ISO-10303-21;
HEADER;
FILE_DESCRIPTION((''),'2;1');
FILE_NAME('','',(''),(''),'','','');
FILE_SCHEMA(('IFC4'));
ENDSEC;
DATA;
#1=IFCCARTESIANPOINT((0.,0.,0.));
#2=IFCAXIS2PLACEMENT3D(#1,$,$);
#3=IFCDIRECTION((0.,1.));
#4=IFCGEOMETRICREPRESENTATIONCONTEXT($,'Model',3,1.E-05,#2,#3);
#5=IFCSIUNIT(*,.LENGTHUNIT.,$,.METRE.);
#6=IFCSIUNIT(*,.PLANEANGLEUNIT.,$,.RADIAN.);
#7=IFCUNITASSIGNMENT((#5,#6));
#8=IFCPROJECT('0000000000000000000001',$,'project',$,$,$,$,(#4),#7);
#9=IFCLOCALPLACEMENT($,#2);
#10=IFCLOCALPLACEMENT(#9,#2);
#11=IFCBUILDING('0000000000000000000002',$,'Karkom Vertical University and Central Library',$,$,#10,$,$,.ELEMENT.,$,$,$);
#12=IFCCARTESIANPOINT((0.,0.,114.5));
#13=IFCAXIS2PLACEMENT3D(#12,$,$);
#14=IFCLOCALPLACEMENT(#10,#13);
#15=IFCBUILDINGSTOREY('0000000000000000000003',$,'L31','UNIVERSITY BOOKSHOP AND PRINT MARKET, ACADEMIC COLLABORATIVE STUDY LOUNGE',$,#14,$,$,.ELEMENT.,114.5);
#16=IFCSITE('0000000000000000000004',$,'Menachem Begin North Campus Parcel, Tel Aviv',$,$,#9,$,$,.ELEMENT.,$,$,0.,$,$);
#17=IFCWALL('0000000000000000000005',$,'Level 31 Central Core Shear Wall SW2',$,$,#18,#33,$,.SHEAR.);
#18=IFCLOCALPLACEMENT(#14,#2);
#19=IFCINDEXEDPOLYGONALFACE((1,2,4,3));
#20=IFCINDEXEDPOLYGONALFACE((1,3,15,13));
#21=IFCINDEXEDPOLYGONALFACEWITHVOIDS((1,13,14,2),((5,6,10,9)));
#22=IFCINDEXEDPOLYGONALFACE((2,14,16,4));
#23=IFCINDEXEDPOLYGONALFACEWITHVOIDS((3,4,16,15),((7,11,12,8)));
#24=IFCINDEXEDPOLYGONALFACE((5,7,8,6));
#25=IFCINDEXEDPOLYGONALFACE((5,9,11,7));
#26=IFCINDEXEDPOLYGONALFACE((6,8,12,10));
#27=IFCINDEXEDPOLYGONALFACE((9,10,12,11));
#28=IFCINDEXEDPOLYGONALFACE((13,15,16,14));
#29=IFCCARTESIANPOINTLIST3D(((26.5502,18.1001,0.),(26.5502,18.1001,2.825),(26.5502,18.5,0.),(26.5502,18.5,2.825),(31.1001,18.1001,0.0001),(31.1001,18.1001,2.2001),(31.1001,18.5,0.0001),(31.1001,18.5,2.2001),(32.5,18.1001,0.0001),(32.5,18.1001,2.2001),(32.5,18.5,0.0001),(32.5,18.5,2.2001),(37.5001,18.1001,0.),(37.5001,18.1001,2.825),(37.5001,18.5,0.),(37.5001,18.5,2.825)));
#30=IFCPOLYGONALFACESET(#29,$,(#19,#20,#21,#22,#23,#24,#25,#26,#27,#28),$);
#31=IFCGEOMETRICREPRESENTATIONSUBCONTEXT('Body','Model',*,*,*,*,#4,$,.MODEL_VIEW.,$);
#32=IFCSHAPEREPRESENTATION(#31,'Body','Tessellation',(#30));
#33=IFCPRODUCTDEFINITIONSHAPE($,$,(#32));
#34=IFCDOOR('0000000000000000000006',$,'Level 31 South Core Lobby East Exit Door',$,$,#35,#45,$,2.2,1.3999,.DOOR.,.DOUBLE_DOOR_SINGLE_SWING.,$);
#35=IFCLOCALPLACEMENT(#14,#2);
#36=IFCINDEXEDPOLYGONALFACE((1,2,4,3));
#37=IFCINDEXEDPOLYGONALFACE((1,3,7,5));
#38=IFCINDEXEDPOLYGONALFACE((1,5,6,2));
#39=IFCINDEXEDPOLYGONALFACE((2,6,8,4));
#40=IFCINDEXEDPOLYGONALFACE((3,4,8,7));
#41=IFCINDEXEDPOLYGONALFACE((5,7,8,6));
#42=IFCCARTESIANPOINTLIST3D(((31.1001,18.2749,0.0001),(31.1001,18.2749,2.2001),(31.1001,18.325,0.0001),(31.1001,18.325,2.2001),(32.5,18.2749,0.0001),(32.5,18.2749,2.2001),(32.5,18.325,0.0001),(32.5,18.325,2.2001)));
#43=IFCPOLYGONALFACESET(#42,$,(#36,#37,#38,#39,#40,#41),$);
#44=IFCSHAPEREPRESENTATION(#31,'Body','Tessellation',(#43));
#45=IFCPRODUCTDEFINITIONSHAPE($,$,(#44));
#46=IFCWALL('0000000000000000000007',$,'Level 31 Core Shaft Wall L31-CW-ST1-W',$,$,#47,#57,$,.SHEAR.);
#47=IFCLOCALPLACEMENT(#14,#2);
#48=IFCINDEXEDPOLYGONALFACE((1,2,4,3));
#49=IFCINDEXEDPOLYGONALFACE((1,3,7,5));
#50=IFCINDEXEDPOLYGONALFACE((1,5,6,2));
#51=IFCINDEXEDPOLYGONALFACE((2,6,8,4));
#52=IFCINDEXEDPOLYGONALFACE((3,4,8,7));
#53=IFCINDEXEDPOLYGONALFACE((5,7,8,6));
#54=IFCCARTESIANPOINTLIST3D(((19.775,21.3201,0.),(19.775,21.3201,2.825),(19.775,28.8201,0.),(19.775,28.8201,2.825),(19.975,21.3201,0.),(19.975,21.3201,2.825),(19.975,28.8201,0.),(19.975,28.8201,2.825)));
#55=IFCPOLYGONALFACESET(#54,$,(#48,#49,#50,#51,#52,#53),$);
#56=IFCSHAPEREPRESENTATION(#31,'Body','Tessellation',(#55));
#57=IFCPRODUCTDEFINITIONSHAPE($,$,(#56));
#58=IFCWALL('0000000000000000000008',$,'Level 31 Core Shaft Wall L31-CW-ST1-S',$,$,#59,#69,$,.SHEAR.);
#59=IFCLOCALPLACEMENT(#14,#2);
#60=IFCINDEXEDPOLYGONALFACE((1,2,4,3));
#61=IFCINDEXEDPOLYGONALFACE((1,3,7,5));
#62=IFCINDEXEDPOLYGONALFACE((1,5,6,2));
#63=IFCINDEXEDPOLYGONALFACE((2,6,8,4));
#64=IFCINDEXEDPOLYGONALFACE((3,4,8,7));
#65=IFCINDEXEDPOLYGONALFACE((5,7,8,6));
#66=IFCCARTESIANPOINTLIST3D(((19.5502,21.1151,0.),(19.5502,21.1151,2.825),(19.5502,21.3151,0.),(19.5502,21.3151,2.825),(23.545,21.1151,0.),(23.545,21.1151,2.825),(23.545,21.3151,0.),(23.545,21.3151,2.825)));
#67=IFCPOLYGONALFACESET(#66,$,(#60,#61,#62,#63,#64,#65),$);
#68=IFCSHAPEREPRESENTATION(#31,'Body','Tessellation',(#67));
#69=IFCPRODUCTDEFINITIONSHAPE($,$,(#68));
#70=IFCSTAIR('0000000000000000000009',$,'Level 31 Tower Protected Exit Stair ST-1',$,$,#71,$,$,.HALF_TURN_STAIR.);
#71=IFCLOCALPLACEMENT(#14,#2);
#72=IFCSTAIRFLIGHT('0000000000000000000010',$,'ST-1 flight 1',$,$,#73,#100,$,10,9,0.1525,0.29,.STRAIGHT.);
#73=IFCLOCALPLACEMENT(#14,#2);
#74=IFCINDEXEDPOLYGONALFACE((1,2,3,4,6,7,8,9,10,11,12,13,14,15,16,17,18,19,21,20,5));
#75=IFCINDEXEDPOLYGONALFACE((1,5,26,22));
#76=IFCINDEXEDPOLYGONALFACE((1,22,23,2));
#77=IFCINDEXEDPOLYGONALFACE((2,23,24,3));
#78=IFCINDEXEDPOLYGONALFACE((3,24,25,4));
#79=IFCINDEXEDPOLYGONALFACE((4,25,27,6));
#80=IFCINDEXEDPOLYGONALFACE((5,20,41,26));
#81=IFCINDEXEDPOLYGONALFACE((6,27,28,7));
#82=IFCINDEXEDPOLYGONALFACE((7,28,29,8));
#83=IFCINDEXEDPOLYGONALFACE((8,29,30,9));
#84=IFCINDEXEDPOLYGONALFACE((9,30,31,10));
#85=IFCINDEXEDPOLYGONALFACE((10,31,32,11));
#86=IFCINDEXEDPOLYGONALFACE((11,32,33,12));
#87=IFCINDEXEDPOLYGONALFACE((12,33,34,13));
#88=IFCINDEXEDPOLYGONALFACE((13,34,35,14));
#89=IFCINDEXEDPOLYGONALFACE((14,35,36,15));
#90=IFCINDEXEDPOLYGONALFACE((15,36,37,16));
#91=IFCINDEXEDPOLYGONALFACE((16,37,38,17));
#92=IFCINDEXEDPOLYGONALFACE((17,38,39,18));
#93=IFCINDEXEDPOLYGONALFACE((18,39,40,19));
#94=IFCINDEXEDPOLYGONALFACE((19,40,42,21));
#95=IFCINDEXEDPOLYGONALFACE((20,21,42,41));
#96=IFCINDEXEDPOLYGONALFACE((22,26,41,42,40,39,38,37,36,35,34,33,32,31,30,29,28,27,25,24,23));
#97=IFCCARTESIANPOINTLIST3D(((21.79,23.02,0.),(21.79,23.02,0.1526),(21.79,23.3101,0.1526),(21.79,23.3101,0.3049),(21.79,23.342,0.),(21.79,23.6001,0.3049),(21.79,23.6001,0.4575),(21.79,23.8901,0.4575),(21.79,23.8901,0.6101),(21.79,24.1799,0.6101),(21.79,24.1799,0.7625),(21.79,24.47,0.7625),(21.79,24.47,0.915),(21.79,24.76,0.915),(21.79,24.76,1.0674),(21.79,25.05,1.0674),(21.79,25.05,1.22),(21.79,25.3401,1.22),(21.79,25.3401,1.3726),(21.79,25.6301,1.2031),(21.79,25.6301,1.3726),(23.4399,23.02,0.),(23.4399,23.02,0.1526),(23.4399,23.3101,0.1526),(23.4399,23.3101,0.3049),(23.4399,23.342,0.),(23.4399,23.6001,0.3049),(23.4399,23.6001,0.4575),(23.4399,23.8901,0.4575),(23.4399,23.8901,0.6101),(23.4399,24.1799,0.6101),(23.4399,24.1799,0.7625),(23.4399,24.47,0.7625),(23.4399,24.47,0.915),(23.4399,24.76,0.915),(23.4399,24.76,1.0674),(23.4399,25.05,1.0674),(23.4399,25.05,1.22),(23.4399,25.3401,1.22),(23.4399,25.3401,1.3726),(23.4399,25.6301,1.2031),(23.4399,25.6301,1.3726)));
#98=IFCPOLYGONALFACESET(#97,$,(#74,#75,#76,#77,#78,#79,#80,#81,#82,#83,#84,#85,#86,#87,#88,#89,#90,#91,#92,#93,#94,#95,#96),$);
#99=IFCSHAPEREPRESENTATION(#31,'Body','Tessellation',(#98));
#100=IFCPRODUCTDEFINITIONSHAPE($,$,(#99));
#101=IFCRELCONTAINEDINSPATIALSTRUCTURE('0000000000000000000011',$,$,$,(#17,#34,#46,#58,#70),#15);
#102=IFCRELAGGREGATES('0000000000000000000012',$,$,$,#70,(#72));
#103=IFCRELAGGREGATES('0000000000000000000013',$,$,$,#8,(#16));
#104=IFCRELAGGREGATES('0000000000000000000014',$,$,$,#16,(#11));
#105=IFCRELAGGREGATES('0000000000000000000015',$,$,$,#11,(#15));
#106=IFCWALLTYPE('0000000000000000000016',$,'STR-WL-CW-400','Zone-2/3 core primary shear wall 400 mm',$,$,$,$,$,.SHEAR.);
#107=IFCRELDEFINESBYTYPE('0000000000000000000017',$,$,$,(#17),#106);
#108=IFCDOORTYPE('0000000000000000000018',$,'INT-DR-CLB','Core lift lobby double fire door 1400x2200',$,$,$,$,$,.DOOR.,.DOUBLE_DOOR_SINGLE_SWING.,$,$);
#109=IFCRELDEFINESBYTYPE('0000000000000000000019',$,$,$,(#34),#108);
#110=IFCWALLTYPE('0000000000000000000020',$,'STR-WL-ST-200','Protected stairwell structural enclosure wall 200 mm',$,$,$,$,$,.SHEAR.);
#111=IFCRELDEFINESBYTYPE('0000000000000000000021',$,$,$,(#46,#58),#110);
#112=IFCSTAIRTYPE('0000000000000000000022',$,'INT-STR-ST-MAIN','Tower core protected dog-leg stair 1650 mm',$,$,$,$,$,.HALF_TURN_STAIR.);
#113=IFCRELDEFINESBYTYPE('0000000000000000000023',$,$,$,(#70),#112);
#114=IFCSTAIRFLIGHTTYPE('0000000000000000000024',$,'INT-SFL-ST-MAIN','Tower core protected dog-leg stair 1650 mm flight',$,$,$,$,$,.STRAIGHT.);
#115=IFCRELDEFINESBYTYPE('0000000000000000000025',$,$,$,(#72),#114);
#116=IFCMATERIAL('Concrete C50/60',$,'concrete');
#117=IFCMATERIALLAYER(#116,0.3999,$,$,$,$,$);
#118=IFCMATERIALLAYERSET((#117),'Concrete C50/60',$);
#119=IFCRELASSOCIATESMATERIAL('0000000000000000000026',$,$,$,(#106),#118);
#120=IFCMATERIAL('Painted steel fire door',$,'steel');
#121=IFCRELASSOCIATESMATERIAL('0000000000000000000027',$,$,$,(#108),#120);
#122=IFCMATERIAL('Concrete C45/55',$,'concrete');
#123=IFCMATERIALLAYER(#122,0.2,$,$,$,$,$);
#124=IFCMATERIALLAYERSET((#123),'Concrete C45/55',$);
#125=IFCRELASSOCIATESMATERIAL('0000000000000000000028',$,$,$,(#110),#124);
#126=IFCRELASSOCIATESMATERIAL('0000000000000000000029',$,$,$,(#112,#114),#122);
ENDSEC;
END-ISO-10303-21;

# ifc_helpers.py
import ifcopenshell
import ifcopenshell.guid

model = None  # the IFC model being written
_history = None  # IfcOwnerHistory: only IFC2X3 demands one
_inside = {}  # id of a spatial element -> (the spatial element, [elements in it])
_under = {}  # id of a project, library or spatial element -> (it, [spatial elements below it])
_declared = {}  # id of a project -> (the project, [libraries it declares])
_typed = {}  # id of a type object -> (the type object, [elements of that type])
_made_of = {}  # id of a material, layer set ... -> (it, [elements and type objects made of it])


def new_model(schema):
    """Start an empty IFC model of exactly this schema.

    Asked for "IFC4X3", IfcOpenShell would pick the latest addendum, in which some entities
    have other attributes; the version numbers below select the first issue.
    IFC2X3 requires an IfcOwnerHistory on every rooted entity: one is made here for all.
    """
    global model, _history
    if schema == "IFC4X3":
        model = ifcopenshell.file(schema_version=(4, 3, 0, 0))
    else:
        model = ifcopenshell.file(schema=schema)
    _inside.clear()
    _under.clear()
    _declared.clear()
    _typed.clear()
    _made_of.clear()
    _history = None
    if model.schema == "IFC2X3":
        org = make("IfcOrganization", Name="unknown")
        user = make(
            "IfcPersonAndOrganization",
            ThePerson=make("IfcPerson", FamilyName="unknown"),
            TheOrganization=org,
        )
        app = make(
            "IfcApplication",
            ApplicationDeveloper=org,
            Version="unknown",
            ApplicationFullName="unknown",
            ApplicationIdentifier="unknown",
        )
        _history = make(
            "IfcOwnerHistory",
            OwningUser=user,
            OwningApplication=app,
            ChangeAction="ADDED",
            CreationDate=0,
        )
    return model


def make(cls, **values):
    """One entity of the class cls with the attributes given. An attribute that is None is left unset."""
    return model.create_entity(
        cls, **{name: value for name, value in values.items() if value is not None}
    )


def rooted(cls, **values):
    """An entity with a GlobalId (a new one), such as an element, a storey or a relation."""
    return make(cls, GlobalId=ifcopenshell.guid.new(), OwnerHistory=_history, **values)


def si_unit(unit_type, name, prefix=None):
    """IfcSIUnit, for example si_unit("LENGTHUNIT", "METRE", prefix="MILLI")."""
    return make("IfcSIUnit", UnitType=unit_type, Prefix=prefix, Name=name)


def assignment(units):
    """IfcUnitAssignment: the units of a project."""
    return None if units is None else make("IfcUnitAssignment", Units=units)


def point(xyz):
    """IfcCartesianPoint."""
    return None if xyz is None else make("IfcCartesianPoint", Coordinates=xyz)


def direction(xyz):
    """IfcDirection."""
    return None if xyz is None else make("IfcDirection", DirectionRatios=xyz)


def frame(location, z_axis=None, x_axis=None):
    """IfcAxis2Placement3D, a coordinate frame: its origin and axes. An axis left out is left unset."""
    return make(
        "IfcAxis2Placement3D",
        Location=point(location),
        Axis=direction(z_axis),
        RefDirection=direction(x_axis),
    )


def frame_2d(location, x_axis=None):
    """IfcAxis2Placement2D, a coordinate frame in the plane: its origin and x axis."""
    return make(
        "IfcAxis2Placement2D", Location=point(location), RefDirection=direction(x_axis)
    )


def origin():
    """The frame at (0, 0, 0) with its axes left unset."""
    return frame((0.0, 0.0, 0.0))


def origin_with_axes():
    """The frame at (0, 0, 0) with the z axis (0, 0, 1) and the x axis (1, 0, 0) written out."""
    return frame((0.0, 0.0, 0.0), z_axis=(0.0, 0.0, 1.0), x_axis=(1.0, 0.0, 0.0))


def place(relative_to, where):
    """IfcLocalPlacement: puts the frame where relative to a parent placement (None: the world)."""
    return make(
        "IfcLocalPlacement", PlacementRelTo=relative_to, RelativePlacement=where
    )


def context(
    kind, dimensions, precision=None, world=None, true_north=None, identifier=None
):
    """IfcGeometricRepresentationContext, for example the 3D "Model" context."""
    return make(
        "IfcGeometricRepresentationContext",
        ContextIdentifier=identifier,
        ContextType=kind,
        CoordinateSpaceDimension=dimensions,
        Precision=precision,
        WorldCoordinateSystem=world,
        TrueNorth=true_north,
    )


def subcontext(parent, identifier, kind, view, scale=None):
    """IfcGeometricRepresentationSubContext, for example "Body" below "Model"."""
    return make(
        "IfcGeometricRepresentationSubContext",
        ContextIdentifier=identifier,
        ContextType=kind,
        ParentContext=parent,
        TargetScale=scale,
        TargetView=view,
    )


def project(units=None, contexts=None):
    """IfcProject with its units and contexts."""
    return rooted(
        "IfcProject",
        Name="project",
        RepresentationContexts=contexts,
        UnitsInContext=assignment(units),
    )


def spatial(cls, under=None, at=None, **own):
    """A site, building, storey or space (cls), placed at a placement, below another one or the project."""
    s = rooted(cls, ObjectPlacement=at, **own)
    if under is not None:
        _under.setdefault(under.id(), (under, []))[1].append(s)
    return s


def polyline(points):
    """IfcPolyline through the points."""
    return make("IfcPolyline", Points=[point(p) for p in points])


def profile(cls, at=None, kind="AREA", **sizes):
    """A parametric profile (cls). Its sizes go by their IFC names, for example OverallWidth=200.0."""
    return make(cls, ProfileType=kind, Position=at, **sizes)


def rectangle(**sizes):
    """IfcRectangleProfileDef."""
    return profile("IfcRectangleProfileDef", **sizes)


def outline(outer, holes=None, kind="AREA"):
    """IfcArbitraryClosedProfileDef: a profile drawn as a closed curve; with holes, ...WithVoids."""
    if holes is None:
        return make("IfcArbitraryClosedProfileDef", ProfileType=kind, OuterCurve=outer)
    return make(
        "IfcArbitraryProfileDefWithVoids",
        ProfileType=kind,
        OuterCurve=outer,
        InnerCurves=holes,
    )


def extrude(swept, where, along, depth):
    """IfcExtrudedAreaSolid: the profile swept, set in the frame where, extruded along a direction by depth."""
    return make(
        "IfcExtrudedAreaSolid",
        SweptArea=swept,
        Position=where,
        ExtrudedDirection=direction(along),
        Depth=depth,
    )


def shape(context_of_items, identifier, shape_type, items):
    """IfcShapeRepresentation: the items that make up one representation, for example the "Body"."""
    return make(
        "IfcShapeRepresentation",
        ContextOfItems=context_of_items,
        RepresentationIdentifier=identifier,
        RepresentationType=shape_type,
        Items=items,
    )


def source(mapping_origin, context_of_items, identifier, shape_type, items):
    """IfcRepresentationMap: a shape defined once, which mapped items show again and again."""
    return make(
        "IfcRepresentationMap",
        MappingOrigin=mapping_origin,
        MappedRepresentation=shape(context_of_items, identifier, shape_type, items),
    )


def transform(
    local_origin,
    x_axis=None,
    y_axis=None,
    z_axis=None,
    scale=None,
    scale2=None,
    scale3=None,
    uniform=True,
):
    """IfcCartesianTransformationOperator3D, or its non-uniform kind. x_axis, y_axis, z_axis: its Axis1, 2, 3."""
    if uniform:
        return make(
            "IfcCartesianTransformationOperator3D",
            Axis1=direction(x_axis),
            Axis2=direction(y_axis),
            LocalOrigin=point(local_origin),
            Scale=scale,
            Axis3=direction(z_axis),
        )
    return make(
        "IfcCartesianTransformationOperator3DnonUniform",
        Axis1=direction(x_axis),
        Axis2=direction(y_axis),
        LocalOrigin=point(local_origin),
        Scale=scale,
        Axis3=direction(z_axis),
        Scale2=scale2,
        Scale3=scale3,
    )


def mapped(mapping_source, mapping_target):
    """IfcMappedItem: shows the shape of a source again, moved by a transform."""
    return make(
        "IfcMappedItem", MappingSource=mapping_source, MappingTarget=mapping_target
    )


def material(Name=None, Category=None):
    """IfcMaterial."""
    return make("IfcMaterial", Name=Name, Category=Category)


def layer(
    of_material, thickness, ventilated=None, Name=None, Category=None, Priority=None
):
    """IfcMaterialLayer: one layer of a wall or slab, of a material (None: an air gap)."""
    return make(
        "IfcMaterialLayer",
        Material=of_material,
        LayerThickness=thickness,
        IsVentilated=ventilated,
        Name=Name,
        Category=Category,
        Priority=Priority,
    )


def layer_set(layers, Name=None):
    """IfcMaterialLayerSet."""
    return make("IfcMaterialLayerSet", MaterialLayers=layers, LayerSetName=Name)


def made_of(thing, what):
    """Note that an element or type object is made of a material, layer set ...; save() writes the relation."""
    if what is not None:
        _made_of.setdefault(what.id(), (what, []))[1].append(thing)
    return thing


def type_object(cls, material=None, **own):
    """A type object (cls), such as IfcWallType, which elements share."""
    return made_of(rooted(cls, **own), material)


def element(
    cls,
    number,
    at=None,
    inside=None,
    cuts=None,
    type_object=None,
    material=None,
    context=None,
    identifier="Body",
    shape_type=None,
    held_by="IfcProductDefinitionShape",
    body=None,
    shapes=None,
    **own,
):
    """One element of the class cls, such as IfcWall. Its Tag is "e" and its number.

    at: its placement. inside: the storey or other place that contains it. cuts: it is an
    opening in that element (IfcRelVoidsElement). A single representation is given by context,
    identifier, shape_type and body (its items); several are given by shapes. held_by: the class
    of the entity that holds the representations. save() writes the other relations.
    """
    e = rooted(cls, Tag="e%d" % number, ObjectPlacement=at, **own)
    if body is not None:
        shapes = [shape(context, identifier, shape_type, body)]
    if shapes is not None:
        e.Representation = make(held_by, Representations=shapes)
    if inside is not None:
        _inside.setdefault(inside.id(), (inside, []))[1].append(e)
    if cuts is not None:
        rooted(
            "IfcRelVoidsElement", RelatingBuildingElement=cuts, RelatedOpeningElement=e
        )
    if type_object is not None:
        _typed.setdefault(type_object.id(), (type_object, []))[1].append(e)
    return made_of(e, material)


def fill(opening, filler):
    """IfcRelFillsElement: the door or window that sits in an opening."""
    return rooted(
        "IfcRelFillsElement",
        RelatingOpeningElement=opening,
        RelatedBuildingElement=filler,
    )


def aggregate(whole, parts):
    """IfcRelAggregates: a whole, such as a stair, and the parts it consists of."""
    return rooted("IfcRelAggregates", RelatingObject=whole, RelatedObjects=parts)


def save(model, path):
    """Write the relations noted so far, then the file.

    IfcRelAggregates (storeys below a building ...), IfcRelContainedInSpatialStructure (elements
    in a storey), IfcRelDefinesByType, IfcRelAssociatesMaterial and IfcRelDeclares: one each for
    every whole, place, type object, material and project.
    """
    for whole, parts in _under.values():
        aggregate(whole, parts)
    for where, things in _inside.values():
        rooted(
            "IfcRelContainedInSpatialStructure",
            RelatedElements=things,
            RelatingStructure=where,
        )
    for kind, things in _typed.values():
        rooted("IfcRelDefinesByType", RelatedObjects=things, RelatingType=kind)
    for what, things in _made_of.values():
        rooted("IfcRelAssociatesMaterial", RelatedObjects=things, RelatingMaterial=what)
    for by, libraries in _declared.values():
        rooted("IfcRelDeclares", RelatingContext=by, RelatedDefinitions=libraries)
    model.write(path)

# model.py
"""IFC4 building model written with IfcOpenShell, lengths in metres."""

from ifc_helpers import new_model, si_unit, direction, frame, frame_2d, origin, origin_with_axes, place, context, subcontext, project, spatial, polyline, rectangle, outline, extrude, source, transform, mapped, material, layer, layer_set, type_object, element, fill, aggregate, save


model = new_model("IFC4")

# Units and contexts
model_context = context("Model", 3, precision=1e-05, world=origin(), true_north=direction((0.0, 1.0)))
body_context = subcontext(model_context, "Body", "Model", "MODEL_VIEW")
ifc_project = project(units=[si_unit("LENGTHUNIT", "METRE"), si_unit("PLANEANGLEUNIT", "RADIAN")], contexts=[model_context])

# Site, building, storey
site_placement = place(None, origin())
site = spatial("IfcSite", under=ifc_project, at=site_placement, Name="Menachem Begin North Campus Parcel, Tel Aviv", CompositionType="ELEMENT", RefElevation=0.0)
building_placement = place(site_placement, origin())
building = spatial("IfcBuilding", under=site, at=building_placement, Name="Karkom Vertical University and Central Library", CompositionType="ELEMENT")
storey_placement = place(building_placement, frame((0.0, 0.0, 114.5)))
storey = spatial("IfcBuildingStorey", under=building, at=storey_placement, Name="L31", Description="UNIVERSITY BOOKSHOP AND PRINT MARKET, ACADEMIC COLLABORATIVE STUDY LOUNGE", CompositionType="ELEMENT", Elevation=114.5)

# Shared definitions
ifc_material_1 = material(Name="Concrete C50/60", Category="concrete")

# Wall, opening, door
ifc_layer_1 = layer(ifc_material_1, 0.3999)
ifc_layer_set_1 = layer_set([ifc_layer_1], Name="Concrete C50/60")
wall_type_1 = type_object("IfcWallType", Name="STR-WL-CW-400", Description="Zone-2/3 core primary shear wall 400 mm", PredefinedType="SHEAR", material=ifc_layer_set_1)
wall_1_placement = place(storey_placement, frame((26.55, 18.3, 0.0), z_axis=(0.0, 0.0, 1.0), x_axis=(1.0, 0.0, 0.0)))
wall_1 = element("IfcWall", 1, at=wall_1_placement, inside=storey, type_object=wall_type_1, Name="Level 31 Central Core Shear Wall SW2", PredefinedType="SHEAR", context=body_context, shape_type="SweptSolid", body=[
    extrude(rectangle(XDim=10.95, YDim=0.3999, at=frame_2d((5.4751, 0.0))), origin(), (0.0, 0.0, 1.0), 2.825),
])
opening_1_placement = place(wall_1_placement, frame((4.55, 0.0, 0.0)))
opening_1 = element("IfcOpeningElement", 2, at=opening_1_placement, cuts=wall_1, PredefinedType="OPENING", context=body_context, shape_type="SweptSolid", body=[
    extrude(rectangle(XDim=1.3999, YDim=2.2, at=frame_2d((0.7, 1.1001))), frame((0.0, 0.21, 0.0), z_axis=(0.0, -1.0, 0.0), x_axis=(1.0, 0.0, 0.0)), (0.0, 0.0, 1.0), 0.4199),
])
ifc_material_2 = material(Name="Painted steel fire door", Category="steel")
door_type_1 = type_object("IfcDoorType", Name="INT-DR-CLB", Description="Core lift lobby double fire door 1400x2200", OperationType="DOUBLE_DOOR_SINGLE_SWING", PredefinedType="DOOR", material=ifc_material_2)
shared_shape_1 = source(origin_with_axes(), body_context, "Body", "SweptSolid", [
    extrude(rectangle(XDim=1.3999, YDim=2.2, at=frame_2d((0.7, 1.1001))), frame((0.0, 0.0249, 0.0), z_axis=(0.0, -1.0, 0.0), x_axis=(1.0, 0.0, 0.0)), (0.0, 0.0, 1.0), 0.05),
])
door_1_placement = place(opening_1_placement, origin())
door_1 = element("IfcDoor", 3, at=door_1_placement, inside=storey, type_object=door_type_1, Name="Level 31 South Core Lobby East Exit Door", OperationType="DOUBLE_DOOR_SINGLE_SWING", OverallHeight=2.2, OverallWidth=1.3999, PredefinedType="DOOR", context=body_context, shape_type="MappedRepresentation", body=[
    mapped(shared_shape_1, transform((0.0, 0.0, 0.0), scale=1.0)),
])
fill(opening_1, door_1)

# Shared definitions
ifc_material_3 = material(Name="Concrete C45/55", Category="concrete")
ifc_layer_2 = layer(ifc_material_3, 0.2)
ifc_layer_set_2 = layer_set([ifc_layer_2], Name="Concrete C45/55")
wall_type_2 = type_object("IfcWallType", Name="STR-WL-ST-200", Description="Protected stairwell structural enclosure wall 200 mm", PredefinedType="SHEAR", material=ifc_layer_set_2)

# Walls
wall_2_placement = place(storey_placement, frame((19.875, 21.3201, 0.0), z_axis=(0.0, 0.0, 1.0), x_axis=(0.0, 1.0, 0.0)))
element("IfcWall", 4, at=wall_2_placement, inside=storey, type_object=wall_type_2, Name="Level 31 Core Shaft Wall L31-CW-ST1-W", PredefinedType="SHEAR", context=body_context, shape_type="SweptSolid", body=[
    extrude(rectangle(XDim=7.5, YDim=0.2, at=frame_2d((3.75, 0.0))), origin(), (0.0, 0.0, 1.0), 2.825),
])
wall_3_placement = place(storey_placement, frame((19.55, 21.2151, 0.0), z_axis=(0.0, 0.0, 1.0), x_axis=(1.0, 0.0, 0.0)))
element("IfcWall", 5, at=wall_3_placement, inside=storey, type_object=wall_type_2, Name="Level 31 Core Shaft Wall L31-CW-ST1-S", PredefinedType="SHEAR", context=body_context, shape_type="SweptSolid", body=[
    extrude(rectangle(XDim=3.9949, YDim=0.2, at=frame_2d((1.9976, 0.0))), origin(), (0.0, 0.0, 1.0), 2.825),
])

# Stair, stair flight
stair_type = type_object("IfcStairType", Name="INT-STR-ST-MAIN", Description="Tower core protected dog-leg stair 1650 mm", PredefinedType="HALF_TURN_STAIR", material=ifc_material_3)
stair_placement = place(storey_placement, origin())
stair = element("IfcStair", 6, at=stair_placement, inside=storey, type_object=stair_type, Name="Level 31 Tower Protected Exit Stair ST-1", PredefinedType="HALF_TURN_STAIR")
stair_flight_type = type_object("IfcStairFlightType", Name="INT-SFL-ST-MAIN", Description="Tower core protected dog-leg stair 1650 mm flight", PredefinedType="STRAIGHT", material=ifc_material_3)
stair_flight_placement = place(storey_placement, frame((22.615, 23.02, 0.0), z_axis=(0.0, 0.0, 1.0), x_axis=(0.0, 1.0, 0.0)))
stair_flight = element("IfcStairFlight", 7, at=stair_flight_placement, type_object=stair_flight_type, Name="ST-1 flight 1", NumberOfRisers=10, NumberOfTreads=9, PredefinedType="STRAIGHT", RiserHeight=0.1525, TreadLength=0.29, context=body_context, shape_type="SweptSolid", body=[
    extrude(outline(polyline([(0.0, 0.0), (0.0, 0.1526), (0.29, 0.1526), (0.29, 0.3049), (0.5801, 0.3049), (0.5801, 0.4575), (0.8701, 0.4575), (0.8701, 0.6101), (1.1599, 0.6101), (1.1599, 0.7625), (1.45, 0.7625), (1.45, 0.915), (1.74, 0.915), (1.74, 1.0674), (2.03, 1.0674), (2.03, 1.22), (2.3201, 1.22), (2.3201, 1.3726), (2.6101, 1.3726), (2.6101, 1.5249), (2.6101, 1.2031), (0.322, 0.0), (0.0, 0.0)])), frame((0.0, 0.825, 0.0), z_axis=(0.0, -1.0, 0.0), x_axis=(1.0, 0.0, 0.0)), (0.0, 0.0, 1.0), 1.6499),
])
aggregate(stair, [stair_flight])

save(model, "model.ifc")
